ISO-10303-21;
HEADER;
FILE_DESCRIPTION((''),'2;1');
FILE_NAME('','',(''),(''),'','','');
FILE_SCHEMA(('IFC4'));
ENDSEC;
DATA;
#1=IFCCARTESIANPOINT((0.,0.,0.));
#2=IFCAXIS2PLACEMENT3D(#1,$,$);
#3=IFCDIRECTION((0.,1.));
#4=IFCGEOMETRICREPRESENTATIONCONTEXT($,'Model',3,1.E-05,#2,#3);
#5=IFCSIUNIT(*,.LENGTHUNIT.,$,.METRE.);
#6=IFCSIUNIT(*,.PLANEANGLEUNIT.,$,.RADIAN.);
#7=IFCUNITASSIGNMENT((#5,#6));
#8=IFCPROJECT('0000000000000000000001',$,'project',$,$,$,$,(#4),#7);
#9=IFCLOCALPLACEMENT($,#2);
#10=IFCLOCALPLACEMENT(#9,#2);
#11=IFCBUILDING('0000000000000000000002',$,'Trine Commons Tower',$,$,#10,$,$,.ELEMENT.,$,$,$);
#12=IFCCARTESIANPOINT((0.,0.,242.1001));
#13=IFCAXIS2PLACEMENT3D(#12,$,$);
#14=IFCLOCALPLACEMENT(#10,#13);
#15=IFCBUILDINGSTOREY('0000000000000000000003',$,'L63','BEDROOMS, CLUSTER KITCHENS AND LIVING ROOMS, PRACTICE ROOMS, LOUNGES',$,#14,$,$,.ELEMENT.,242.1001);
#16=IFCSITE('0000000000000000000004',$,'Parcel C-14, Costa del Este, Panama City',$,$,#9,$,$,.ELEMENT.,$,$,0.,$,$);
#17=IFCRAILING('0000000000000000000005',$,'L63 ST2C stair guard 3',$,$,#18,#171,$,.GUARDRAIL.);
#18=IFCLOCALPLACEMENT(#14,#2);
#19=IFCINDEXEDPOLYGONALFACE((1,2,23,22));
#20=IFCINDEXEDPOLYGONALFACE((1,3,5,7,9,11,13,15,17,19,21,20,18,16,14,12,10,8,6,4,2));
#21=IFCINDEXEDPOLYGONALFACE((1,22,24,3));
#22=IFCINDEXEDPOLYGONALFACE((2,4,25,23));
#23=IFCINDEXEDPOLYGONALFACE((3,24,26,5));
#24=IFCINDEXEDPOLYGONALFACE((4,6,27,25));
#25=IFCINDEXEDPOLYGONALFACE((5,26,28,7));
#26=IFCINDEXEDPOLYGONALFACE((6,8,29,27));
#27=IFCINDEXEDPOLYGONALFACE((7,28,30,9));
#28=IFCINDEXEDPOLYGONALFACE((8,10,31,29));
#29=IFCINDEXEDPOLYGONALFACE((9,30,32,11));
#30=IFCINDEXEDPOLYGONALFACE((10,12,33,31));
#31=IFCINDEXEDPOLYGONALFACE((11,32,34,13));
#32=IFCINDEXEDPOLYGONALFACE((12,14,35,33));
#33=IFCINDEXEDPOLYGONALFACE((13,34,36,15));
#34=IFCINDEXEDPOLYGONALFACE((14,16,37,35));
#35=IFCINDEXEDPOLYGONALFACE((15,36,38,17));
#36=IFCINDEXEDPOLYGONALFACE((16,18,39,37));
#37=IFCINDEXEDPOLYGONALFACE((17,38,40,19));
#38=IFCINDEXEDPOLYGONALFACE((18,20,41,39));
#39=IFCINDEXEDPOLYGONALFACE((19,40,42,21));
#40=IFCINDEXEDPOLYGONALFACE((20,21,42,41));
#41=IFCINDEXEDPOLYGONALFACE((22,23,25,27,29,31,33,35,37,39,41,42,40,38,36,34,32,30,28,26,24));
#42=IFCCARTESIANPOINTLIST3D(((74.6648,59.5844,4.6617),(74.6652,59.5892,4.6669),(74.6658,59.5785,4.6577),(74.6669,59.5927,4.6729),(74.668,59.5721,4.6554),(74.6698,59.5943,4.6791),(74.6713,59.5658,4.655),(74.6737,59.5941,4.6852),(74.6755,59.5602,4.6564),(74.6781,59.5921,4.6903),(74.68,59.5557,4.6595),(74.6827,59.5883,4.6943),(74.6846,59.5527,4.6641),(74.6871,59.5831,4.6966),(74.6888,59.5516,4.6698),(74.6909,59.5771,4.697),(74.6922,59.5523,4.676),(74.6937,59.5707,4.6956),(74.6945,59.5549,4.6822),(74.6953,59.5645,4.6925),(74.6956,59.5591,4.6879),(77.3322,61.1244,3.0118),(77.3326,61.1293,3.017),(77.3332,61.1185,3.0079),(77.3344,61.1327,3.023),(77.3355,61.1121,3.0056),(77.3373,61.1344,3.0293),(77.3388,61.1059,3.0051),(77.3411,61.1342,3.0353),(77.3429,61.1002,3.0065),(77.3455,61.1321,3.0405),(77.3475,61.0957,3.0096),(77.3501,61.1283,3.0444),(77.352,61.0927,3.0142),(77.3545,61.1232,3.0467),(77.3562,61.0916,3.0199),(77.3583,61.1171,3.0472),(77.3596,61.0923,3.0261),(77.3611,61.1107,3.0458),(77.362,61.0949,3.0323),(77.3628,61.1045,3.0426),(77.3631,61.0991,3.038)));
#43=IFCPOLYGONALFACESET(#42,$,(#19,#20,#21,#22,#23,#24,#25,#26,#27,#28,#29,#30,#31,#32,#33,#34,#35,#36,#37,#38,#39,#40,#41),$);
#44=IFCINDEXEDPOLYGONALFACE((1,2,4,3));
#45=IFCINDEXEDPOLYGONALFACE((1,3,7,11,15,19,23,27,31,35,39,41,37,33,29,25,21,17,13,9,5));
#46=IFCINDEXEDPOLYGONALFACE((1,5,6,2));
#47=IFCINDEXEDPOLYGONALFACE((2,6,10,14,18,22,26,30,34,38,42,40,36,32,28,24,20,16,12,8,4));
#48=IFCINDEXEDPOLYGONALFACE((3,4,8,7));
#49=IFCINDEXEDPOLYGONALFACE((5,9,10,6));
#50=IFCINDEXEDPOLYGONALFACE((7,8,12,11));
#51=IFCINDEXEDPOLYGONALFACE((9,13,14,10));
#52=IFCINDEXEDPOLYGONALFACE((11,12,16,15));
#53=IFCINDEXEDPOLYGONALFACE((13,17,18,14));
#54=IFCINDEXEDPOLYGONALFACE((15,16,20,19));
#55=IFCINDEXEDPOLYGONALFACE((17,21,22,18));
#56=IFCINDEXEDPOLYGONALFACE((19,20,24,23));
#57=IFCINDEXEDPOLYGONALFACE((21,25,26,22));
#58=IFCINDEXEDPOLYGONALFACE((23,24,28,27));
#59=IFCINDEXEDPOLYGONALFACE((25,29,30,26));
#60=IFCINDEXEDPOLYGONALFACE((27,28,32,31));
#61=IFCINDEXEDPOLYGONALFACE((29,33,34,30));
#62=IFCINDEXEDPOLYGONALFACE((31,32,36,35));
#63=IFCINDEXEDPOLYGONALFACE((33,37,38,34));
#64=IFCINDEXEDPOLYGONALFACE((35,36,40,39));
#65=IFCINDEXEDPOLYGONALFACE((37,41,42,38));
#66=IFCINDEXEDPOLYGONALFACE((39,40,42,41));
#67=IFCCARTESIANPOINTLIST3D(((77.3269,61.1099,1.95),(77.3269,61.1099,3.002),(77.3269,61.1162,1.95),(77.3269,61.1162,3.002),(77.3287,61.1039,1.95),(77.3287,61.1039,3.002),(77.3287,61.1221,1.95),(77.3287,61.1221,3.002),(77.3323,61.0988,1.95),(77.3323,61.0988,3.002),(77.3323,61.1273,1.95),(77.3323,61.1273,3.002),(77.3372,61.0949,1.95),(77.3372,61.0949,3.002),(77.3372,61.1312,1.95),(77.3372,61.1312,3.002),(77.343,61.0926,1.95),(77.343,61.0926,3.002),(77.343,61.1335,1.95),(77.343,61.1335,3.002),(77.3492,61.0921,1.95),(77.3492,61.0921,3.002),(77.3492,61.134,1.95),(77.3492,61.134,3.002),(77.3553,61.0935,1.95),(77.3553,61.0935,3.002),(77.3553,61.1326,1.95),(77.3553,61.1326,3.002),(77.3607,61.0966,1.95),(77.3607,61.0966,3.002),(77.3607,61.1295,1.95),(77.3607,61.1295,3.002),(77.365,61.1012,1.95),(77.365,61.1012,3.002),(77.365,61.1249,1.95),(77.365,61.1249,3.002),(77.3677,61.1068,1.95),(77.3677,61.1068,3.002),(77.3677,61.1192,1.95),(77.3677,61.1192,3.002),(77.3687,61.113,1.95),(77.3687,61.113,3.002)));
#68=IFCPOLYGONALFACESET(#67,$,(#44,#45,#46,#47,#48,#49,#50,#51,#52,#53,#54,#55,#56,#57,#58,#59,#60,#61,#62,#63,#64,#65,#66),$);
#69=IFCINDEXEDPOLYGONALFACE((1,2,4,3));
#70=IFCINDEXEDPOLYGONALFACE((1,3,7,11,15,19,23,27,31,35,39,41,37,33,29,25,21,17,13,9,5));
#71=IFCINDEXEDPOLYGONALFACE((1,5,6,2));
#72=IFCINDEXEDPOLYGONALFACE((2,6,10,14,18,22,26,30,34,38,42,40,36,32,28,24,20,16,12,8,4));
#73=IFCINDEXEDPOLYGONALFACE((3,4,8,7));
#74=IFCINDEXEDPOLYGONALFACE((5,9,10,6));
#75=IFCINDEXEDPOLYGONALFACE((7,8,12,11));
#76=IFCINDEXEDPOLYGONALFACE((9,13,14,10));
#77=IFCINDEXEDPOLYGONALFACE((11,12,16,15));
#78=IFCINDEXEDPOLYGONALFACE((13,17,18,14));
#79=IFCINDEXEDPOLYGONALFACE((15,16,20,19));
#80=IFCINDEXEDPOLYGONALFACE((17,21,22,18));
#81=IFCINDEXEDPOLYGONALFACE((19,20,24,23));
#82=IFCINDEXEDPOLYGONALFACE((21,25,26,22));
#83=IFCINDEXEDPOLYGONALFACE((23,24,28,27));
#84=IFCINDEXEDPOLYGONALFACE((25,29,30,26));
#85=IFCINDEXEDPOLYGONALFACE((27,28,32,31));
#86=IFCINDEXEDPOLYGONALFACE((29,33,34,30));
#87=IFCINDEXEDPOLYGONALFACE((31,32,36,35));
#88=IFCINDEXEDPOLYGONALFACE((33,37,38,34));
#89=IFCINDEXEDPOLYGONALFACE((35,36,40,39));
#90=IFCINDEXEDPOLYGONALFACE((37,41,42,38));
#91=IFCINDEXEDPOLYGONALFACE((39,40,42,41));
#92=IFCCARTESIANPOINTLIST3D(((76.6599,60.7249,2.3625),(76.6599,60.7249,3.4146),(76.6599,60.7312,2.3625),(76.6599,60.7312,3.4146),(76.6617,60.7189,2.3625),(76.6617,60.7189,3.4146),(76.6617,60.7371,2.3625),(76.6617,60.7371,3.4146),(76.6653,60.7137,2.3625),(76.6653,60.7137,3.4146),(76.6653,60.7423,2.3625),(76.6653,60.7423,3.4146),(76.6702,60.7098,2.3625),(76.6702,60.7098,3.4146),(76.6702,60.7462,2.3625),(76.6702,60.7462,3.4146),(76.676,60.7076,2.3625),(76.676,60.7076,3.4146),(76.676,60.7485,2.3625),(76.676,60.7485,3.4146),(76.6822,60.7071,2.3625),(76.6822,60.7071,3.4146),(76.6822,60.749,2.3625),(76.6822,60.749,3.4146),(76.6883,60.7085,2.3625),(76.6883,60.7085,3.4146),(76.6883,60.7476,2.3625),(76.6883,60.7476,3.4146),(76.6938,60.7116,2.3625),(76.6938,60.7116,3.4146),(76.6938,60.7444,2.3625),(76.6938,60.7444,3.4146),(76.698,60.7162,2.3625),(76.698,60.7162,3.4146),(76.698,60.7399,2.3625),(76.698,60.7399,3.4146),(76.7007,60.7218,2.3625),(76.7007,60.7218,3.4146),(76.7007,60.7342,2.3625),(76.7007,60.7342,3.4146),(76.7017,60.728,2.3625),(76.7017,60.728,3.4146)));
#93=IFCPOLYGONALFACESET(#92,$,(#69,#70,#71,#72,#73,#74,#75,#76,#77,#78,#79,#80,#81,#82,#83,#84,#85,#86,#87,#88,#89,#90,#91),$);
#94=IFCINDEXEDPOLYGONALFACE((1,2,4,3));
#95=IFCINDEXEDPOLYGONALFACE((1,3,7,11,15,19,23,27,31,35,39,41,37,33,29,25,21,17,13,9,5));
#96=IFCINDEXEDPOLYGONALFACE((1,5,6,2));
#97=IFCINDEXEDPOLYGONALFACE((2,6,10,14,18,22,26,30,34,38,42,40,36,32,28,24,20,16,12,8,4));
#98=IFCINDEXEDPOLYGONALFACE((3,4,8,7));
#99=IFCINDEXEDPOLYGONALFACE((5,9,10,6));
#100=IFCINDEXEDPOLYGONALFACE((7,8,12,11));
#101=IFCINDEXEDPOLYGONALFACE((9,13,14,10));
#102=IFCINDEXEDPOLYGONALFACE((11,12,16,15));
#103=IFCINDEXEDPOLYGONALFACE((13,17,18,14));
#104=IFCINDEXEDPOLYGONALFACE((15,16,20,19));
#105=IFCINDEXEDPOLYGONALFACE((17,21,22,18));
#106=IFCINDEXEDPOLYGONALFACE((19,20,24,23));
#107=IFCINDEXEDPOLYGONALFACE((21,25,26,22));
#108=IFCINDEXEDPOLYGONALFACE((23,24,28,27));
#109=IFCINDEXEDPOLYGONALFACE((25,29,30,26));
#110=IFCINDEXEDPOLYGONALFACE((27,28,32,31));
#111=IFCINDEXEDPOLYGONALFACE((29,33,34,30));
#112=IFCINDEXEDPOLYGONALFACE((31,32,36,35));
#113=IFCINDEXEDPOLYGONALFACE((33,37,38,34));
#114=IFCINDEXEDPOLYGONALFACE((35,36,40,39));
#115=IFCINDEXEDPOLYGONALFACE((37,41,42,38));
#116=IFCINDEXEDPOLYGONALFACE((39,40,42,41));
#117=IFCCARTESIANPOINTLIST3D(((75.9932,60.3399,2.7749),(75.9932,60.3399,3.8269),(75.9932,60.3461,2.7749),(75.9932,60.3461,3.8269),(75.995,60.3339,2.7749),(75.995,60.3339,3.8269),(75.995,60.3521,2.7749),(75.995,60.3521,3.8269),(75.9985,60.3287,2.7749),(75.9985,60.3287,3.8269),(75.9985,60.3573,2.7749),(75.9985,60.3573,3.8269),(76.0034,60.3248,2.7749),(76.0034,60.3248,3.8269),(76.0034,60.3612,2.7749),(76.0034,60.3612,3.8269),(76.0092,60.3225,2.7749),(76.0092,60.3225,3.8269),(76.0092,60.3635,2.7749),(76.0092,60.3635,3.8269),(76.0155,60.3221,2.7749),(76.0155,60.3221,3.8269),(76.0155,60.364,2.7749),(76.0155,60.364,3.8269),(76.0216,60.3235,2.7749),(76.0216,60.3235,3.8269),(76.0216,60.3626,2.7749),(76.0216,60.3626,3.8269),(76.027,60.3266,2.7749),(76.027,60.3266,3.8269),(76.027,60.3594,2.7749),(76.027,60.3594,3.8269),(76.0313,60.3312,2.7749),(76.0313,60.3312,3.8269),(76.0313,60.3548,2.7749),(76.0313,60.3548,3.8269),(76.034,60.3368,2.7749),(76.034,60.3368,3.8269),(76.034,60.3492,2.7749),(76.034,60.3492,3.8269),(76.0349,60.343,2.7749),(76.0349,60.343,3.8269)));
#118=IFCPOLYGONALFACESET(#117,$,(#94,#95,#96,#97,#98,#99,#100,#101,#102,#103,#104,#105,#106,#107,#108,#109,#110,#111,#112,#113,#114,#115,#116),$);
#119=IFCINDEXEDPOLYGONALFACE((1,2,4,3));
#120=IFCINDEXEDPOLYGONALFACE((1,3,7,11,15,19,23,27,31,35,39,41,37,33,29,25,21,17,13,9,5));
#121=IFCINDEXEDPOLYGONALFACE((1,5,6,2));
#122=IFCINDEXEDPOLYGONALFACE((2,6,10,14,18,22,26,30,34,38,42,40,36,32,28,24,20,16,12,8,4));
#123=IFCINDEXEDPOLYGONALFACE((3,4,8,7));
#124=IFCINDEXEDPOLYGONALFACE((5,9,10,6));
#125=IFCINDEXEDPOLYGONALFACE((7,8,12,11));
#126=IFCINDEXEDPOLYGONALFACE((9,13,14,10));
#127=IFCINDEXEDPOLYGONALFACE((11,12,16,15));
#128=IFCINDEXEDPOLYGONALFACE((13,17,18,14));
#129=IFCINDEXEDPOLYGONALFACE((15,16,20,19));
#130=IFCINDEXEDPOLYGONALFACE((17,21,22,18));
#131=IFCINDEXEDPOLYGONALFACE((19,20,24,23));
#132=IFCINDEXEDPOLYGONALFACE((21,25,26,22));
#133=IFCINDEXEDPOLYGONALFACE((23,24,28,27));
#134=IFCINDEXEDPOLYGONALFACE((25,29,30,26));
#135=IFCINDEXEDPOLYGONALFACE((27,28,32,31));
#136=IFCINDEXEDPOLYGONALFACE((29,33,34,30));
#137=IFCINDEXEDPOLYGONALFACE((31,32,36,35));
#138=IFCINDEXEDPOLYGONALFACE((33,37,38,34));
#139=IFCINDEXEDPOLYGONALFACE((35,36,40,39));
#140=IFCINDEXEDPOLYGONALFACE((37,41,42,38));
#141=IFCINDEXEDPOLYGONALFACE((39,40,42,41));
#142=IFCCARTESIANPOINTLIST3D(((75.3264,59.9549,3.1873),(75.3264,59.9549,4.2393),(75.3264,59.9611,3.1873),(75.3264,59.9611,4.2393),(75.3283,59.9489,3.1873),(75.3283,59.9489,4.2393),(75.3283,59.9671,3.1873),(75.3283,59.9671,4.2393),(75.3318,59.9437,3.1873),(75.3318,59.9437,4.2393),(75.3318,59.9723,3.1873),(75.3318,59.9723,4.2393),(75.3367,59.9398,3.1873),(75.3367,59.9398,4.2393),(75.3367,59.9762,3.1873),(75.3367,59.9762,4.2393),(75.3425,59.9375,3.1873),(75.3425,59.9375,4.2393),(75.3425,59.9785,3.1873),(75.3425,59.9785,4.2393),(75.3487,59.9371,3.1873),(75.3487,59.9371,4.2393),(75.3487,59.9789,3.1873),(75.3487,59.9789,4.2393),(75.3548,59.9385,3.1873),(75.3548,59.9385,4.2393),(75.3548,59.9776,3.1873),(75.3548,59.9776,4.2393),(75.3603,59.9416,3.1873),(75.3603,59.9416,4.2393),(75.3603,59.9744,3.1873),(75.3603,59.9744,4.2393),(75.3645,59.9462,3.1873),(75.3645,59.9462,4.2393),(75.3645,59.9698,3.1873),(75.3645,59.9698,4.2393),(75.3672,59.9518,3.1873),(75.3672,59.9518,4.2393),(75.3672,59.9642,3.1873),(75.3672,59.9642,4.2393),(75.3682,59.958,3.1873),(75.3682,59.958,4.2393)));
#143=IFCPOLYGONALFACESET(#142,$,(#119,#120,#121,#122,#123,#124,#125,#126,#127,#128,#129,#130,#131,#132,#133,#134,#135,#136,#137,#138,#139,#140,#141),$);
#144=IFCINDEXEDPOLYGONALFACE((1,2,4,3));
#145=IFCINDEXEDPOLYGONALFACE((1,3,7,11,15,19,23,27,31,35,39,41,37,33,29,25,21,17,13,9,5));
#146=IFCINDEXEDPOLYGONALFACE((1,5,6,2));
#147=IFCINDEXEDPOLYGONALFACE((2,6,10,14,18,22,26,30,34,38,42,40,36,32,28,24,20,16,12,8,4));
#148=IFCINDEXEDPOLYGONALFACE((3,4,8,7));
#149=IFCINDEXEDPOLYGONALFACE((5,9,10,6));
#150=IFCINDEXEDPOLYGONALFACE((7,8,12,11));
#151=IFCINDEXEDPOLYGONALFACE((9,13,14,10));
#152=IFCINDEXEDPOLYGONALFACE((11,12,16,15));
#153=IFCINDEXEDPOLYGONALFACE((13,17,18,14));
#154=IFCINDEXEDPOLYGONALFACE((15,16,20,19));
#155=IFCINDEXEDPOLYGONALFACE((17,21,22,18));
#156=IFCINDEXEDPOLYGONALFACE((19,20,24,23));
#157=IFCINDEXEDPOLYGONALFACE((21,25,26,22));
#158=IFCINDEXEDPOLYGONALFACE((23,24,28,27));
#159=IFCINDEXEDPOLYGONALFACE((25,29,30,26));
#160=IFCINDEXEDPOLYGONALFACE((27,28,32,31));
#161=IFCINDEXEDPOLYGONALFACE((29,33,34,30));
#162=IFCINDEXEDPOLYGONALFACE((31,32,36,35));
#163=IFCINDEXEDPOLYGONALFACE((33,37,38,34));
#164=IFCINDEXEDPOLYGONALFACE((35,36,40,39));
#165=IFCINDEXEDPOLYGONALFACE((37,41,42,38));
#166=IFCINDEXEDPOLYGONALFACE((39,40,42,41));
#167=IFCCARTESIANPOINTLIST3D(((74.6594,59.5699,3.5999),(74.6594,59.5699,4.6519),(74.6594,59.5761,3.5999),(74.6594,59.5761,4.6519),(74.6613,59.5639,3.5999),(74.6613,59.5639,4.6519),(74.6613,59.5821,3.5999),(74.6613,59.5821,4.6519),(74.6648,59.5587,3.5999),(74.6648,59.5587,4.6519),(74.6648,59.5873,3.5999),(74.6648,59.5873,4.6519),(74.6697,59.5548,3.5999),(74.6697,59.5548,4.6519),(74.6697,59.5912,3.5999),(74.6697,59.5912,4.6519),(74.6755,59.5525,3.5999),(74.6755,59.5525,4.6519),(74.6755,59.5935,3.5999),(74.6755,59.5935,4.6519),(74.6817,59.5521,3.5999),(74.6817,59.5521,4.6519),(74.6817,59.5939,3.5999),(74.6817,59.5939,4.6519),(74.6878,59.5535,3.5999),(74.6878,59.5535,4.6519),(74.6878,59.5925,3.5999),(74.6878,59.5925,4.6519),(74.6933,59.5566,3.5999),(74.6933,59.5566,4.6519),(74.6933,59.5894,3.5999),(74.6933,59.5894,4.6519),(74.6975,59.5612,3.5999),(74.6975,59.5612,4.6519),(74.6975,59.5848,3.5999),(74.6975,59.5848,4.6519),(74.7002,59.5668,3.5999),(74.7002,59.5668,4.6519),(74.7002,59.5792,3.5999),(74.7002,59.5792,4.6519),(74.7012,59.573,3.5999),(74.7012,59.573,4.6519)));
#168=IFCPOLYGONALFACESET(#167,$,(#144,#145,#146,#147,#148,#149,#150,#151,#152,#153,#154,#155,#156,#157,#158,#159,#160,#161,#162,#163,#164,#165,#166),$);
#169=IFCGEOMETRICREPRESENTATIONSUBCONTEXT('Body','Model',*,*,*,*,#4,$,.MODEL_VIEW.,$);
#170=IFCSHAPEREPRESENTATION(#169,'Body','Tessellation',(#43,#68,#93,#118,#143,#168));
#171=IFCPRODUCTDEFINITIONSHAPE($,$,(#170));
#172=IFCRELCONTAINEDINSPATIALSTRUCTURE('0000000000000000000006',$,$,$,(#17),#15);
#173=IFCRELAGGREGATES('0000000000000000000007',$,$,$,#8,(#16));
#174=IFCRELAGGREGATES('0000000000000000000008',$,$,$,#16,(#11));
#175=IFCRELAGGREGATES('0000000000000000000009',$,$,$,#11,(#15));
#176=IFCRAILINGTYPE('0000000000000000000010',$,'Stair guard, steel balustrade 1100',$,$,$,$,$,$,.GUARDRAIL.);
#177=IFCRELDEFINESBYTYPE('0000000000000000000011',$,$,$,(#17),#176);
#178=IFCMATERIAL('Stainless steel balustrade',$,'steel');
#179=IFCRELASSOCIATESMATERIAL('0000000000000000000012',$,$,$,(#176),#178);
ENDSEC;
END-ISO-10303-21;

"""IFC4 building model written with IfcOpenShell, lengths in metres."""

from ifc_helpers import new_model, si_unit, direction, frame, origin, origin_2d, place, context, subcontext, project, spatial, circle, extrude, material, type_object, element, save


model = new_model("IFC4")

# Units and contexts
model_context = context("Model", 3, precision=1e-05, world=origin(), true_north=direction((0.0, 1.0)))
body_context = subcontext(model_context, "Body", "Model", "MODEL_VIEW")
ifc_project = project(units=[si_unit("LENGTHUNIT", "METRE"), si_unit("PLANEANGLEUNIT", "RADIAN")], contexts=[model_context])

# Site, building, storey
site_placement = place(None, origin())
site = spatial("IfcSite", under=ifc_project, at=site_placement, Name="Parcel C-14, Costa del Este, Panama City", CompositionType="ELEMENT", RefElevation=0.0)
building_placement = place(site_placement, origin())
building = spatial("IfcBuilding", under=site, at=building_placement, Name="Trine Commons Tower", CompositionType="ELEMENT")
storey_placement = place(building_placement, frame((0.0, 0.0, 242.1001)))
storey = spatial("IfcBuildingStorey", under=building, at=storey_placement, Name="L63", Description="BEDROOMS, CLUSTER KITCHENS AND LIVING ROOMS, PRACTICE ROOMS, LOUNGES", CompositionType="ELEMENT", Elevation=242.1001)

# Railing
ifc_material_1 = material(Name="Stainless steel balustrade", Category="steel")
railing_type_1 = type_object("IfcRailingType", Name="Stair guard, steel balustrade 1100", PredefinedType="GUARDRAIL", material=ifc_material_1)
railing_1_placement = place(storey_placement, frame((77.3477, 61.113, 1.95)))
element("IfcRailing", 1, at=railing_1_placement, inside=storey, type_object=railing_type_1, Name="L63 ST2C stair guard 3", PredefinedType="GUARDRAIL", context=body_context, shape_type="SweptSolid", body=[
    extrude(circle(Radius=0.0239, at=origin_2d()), frame((0.0, 0.0, 1.0762), z_axis=(-0.763405, -0.440743, 0.472185), x_axis=(0.499992, -0.86603, 0.0)), (0.0, 0.0, 1.0), 3.4941),
    extrude(circle(Radius=0.021, at=origin_2d()), origin(), (0.0, 0.0, 1.0), 1.052),
    extrude(circle(Radius=0.021, at=origin_2d()), frame((-0.667, -0.385, 0.4126)), (0.0, 0.0, 1.0), 1.052),
    extrude(circle(Radius=0.021, at=origin_2d()), frame((-1.3337, -0.77, 0.825)), (0.0, 0.0, 1.0), 1.052),
    extrude(circle(Radius=0.021, at=origin_2d()), frame((-2.0005, -1.155, 1.2373)), (0.0, 0.0, 1.0), 1.052),
    extrude(circle(Radius=0.021, at=origin_2d()), frame((-2.6675, -1.54, 1.6499)), (0.0, 0.0, 1.0), 1.052),
])

save(model, "model.ifc")
